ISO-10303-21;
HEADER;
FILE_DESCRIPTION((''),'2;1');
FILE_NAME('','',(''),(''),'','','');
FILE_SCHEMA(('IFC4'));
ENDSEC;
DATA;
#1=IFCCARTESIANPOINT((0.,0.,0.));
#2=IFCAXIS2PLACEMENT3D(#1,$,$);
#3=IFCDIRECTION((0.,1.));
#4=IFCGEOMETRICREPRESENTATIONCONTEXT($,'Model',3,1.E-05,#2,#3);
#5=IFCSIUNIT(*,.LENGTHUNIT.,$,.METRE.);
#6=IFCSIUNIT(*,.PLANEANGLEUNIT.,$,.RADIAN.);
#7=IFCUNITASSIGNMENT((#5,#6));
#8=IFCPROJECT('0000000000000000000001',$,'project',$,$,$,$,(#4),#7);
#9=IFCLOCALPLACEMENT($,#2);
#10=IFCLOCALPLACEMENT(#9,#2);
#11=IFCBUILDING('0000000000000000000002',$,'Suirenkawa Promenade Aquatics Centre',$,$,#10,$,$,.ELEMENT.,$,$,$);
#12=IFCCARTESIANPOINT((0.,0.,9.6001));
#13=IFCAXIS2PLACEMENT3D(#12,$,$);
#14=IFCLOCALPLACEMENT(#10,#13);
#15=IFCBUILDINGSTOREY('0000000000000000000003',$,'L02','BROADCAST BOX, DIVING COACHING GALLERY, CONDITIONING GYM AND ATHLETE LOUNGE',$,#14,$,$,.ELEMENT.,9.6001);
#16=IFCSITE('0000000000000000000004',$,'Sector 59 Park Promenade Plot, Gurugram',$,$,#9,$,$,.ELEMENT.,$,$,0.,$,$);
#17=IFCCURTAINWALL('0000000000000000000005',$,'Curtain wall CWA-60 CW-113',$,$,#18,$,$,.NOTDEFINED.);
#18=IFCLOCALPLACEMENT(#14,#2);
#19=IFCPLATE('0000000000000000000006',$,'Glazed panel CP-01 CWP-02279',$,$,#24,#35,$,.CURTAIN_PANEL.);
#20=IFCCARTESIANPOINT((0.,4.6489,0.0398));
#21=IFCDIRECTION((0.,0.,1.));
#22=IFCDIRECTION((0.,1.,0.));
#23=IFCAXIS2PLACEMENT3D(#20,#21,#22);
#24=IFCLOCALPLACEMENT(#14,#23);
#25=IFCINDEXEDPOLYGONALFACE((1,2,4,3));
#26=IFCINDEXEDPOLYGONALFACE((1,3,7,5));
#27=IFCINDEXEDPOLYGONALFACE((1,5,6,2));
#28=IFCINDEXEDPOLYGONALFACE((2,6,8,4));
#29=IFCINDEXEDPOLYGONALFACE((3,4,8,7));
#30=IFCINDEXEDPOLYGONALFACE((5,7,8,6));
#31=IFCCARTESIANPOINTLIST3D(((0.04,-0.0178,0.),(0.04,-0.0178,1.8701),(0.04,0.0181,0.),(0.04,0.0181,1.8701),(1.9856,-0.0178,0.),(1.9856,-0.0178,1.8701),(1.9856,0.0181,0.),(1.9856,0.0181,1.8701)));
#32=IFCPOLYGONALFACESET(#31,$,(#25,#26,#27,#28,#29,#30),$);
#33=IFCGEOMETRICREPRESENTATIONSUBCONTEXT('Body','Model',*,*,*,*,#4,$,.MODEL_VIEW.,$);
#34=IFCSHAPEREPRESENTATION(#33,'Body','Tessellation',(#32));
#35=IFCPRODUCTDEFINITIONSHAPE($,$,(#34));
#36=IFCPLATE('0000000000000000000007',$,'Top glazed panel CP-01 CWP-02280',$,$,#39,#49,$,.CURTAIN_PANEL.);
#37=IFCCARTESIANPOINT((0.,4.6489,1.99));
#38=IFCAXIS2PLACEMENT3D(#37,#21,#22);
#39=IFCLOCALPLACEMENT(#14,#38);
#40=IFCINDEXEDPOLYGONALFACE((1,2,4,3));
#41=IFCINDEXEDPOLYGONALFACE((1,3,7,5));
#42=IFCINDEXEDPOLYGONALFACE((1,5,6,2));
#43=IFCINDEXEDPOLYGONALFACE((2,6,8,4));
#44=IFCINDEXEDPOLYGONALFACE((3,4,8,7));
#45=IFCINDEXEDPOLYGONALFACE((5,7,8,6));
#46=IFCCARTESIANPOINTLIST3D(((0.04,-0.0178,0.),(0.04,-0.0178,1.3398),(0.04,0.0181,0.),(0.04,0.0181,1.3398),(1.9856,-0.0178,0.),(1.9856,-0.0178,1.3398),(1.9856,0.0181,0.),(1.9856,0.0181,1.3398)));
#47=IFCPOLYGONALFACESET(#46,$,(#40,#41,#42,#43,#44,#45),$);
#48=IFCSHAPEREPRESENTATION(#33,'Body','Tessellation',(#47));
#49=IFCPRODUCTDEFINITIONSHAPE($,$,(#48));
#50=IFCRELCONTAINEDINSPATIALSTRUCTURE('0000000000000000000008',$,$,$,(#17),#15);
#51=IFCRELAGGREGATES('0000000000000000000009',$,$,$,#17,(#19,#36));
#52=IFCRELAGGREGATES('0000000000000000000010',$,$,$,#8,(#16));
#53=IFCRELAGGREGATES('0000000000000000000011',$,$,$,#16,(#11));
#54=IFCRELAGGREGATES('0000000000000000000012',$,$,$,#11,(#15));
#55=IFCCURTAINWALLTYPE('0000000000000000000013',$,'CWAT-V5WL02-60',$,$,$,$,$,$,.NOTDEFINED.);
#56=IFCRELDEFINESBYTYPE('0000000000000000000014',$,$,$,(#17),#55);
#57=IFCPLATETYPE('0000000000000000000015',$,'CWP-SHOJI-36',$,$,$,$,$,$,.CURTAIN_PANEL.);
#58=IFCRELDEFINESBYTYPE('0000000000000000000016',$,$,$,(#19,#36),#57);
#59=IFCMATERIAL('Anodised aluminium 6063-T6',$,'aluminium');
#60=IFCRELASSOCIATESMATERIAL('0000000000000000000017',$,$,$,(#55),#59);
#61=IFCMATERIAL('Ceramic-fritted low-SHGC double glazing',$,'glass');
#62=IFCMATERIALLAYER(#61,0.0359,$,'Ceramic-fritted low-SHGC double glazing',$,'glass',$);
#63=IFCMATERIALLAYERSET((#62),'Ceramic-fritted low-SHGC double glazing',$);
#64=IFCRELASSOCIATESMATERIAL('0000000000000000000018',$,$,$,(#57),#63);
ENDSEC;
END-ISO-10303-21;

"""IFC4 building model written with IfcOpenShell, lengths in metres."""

from ifc_helpers import new_model, si_unit, direction, frame, origin, place, context, subcontext, project, spatial, polyline, outline, extrude, material, layer, layer_set, type_object, element, aggregate, save


model = new_model("IFC4")

# Units and contexts
model_context = context("Model", 3, precision=1e-05, world=origin(), true_north=direction((0.0, 1.0)))
body_context = subcontext(model_context, "Body", "Model", "MODEL_VIEW")
ifc_project = project(units=[si_unit("LENGTHUNIT", "METRE"), si_unit("PLANEANGLEUNIT", "RADIAN")], contexts=[model_context])

# Site, building, storey
site_placement = place(None, origin())
site = spatial("IfcSite", under=ifc_project, at=site_placement, Name="Sector 59 Park Promenade Plot, Gurugram", CompositionType="ELEMENT", RefElevation=0.0)
building_placement = place(site_placement, origin())
building = spatial("IfcBuilding", under=site, at=building_placement, Name="Suirenkawa Promenade Aquatics Centre", CompositionType="ELEMENT")
storey_placement = place(building_placement, frame((0.0, 0.0, 9.6001)))
storey = spatial("IfcBuildingStorey", under=building, at=storey_placement, Name="L02", Description="BROADCAST BOX, DIVING COACHING GALLERY, CONDITIONING GYM AND ATHLETE LOUNGE", CompositionType="ELEMENT", Elevation=9.6001)

# Curtain wall, plates
ifc_material_1 = material(Name="Anodised aluminium 6063-T6", Category="aluminium")
curtain_wall_type = type_object("IfcCurtainWallType", Name="CWAT-V5WL02-60", PredefinedType="NOTDEFINED", material=ifc_material_1)
curtain_wall_placement = place(storey_placement, origin())
curtain_wall = element("IfcCurtainWall", 1, at=curtain_wall_placement, inside=storey, type_object=curtain_wall_type, Name="Curtain wall CWA-60 CW-113", PredefinedType="NOTDEFINED")
ifc_material_2 = material(Name="Ceramic-fritted low-SHGC double glazing", Category="glass")
ifc_layer_1 = layer(ifc_material_2, 0.0359, Name="Ceramic-fritted low-SHGC double glazing", Category="glass")
ifc_layer_set_1 = layer_set([ifc_layer_1], Name="Ceramic-fritted low-SHGC double glazing")
plate_type = type_object("IfcPlateType", Name="CWP-SHOJI-36", PredefinedType="CURTAIN_PANEL", material=ifc_layer_set_1)
plate_1_placement = place(storey_placement, frame((0.0, 4.6489, 0.0398), z_axis=(0.0, 0.0, 1.0), x_axis=(0.0, 1.0, 0.0)))
plate_1 = element("IfcPlate", 2, at=plate_1_placement, type_object=plate_type, Name="Glazed panel CP-01 CWP-02279", PredefinedType="CURTAIN_PANEL", context=body_context, shape_type="SweptSolid", body=[
    extrude(outline(polyline([(0.04, 0.0), (1.9856, 0.0), (1.9856, 1.8701), (0.04, 1.8701), (0.04, 0.0)])), frame((0.0, 0.0181, 0.0), z_axis=(0.0, -1.0, 0.0), x_axis=(1.0, 0.0, 0.0)), (0.0, 0.0, 1.0), 0.0359),
])
plate_2_placement = place(storey_placement, frame((0.0, 4.6489, 1.99), z_axis=(0.0, 0.0, 1.0), x_axis=(0.0, 1.0, 0.0)))
plate_2 = element("IfcPlate", 3, at=plate_2_placement, type_object=plate_type, Name="Top glazed panel CP-01 CWP-02280", PredefinedType="CURTAIN_PANEL", context=body_context, shape_type="SweptSolid", body=[
    extrude(outline(polyline([(0.04, 0.0), (1.9856, 0.0), (1.9856, 1.3398), (0.04, 1.3398), (0.04, 0.0)])), frame((0.0, 0.0181, 0.0), z_axis=(0.0, -1.0, 0.0), x_axis=(1.0, 0.0, 0.0)), (0.0, 0.0, 1.0), 0.0359),
])
aggregate(curtain_wall, [plate_1, plate_2])

save(model, "model.ifc")
